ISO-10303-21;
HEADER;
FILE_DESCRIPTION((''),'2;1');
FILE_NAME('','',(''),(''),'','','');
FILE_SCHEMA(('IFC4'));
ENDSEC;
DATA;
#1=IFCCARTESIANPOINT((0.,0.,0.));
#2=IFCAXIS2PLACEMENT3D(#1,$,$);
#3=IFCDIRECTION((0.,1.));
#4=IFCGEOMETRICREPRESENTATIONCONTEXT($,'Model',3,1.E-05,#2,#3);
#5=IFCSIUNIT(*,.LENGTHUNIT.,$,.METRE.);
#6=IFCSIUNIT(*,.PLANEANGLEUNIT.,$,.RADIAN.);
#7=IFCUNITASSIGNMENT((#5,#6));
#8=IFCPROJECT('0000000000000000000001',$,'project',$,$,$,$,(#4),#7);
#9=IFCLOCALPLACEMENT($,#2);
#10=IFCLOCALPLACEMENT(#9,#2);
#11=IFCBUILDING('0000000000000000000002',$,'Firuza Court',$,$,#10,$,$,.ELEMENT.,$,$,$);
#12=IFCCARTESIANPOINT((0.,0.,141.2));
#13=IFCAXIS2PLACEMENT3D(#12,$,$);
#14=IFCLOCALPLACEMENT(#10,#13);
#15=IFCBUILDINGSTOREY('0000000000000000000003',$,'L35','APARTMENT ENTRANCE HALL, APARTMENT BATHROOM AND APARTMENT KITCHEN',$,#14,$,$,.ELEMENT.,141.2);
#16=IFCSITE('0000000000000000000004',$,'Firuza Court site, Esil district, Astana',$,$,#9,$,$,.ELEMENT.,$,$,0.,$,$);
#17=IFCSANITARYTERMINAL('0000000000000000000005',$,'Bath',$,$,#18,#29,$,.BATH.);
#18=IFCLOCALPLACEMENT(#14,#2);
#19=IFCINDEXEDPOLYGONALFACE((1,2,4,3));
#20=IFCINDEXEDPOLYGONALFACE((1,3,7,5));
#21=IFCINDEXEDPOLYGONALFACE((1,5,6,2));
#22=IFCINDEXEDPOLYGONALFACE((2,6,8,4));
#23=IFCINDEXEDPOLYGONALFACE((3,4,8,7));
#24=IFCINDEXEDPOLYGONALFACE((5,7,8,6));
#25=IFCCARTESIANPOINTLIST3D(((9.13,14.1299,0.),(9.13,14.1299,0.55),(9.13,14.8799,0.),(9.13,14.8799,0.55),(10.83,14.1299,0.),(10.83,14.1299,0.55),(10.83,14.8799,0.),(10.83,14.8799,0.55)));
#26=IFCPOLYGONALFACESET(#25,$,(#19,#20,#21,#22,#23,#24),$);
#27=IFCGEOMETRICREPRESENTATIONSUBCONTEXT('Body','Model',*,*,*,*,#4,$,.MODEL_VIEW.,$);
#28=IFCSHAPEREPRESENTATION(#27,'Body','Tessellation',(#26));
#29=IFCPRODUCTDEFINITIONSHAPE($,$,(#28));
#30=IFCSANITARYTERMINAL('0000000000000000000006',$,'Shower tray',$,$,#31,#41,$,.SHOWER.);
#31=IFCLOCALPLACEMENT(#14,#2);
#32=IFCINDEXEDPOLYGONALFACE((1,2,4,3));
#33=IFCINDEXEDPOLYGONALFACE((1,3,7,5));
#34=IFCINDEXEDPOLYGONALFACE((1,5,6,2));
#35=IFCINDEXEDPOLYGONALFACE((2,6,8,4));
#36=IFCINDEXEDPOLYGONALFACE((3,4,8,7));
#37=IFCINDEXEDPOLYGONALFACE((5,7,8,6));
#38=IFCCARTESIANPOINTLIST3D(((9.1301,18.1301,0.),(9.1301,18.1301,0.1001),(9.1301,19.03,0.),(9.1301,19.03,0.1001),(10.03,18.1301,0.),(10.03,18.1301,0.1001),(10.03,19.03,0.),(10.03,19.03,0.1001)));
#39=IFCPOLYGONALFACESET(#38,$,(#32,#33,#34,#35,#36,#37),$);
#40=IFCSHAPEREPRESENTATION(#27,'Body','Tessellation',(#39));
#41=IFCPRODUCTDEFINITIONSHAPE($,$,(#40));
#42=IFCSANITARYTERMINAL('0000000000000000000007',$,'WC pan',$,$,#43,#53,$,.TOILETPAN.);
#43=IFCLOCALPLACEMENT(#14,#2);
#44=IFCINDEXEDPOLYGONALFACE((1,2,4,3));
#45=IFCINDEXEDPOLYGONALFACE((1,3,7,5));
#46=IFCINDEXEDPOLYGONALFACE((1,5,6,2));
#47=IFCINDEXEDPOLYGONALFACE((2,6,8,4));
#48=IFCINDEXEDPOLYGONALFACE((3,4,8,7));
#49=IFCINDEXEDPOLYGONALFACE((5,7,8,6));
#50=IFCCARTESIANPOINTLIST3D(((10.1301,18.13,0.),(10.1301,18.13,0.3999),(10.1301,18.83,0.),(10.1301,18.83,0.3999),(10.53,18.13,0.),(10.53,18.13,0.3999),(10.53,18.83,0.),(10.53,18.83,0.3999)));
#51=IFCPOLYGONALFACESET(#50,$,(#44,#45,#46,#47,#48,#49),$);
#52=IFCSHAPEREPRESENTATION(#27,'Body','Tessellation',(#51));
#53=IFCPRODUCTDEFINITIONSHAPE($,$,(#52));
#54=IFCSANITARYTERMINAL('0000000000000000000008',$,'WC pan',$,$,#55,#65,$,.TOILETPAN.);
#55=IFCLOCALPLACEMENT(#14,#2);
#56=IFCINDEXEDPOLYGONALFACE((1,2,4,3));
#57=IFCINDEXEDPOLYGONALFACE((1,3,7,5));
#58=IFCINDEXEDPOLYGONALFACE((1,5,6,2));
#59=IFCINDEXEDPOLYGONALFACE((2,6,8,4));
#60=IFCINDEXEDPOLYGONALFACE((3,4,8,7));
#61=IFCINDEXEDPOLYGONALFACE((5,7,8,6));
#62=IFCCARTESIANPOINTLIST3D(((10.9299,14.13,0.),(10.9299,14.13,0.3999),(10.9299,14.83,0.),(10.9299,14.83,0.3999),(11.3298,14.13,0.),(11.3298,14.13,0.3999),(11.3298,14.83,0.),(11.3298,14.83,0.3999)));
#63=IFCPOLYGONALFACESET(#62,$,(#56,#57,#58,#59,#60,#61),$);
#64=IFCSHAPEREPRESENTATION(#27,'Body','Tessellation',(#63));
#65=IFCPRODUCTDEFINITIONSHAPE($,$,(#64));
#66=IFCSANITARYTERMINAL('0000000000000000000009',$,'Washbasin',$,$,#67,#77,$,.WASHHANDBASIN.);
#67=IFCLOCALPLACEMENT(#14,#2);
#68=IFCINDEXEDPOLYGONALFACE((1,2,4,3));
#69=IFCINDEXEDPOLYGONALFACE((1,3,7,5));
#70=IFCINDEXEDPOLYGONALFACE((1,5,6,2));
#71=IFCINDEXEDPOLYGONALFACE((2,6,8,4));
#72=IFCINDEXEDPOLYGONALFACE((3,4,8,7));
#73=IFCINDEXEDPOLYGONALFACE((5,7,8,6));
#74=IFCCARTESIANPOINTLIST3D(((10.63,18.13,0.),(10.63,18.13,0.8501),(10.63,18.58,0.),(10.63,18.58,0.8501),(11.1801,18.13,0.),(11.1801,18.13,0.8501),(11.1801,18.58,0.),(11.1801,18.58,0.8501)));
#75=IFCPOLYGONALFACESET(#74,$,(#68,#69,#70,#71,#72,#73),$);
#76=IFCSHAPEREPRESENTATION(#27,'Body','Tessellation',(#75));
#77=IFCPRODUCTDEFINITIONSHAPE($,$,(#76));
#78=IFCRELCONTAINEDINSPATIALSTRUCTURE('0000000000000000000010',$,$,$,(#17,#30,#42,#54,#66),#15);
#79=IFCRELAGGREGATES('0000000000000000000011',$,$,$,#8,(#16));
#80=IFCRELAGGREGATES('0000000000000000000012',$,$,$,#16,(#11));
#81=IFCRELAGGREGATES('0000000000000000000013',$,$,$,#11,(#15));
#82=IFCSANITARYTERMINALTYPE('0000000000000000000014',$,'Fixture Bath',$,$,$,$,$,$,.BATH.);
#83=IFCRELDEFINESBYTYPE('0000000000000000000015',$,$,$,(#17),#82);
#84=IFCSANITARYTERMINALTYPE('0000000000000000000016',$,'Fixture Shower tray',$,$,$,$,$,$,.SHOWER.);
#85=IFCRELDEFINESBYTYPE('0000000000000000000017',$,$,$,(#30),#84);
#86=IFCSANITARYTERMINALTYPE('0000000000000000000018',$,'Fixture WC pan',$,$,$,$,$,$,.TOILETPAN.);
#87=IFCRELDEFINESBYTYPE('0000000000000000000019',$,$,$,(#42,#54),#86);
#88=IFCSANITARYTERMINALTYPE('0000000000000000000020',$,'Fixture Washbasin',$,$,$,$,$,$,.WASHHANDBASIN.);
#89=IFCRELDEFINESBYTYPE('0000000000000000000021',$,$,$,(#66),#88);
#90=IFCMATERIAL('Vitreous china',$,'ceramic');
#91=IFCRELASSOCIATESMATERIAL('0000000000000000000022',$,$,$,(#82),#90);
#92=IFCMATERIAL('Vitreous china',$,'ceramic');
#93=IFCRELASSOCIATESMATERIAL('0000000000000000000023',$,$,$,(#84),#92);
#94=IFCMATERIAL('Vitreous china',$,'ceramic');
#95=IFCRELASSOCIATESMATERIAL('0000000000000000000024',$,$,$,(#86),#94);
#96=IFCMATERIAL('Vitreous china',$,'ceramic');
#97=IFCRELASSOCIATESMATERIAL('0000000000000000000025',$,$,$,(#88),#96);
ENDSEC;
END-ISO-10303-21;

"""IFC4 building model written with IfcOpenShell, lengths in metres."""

from ifc_helpers import new_model, si_unit, direction, frame, origin, origin_2d, place, context, subcontext, project, spatial, rectangle, extrude, material, type_object, element, save


model = new_model("IFC4")

# Units and contexts
model_context = context("Model", 3, precision=1e-05, world=origin(), true_north=direction((0.0, 1.0)))
body_context = subcontext(model_context, "Body", "Model", "MODEL_VIEW")
ifc_project = project(units=[si_unit("LENGTHUNIT", "METRE"), si_unit("PLANEANGLEUNIT", "RADIAN")], contexts=[model_context])

# Site, building, storey
site_placement = place(None, origin())
site = spatial("IfcSite", under=ifc_project, at=site_placement, Name="Firuza Court site, Esil district, Astana", CompositionType="ELEMENT", RefElevation=0.0)
building_placement = place(site_placement, origin())
building = spatial("IfcBuilding", under=site, at=building_placement, Name="Firuza Court", CompositionType="ELEMENT")
storey_placement = place(building_placement, frame((0.0, 0.0, 141.2)))
storey = spatial("IfcBuildingStorey", under=building, at=storey_placement, Name="L35", Description="APARTMENT ENTRANCE HALL, APARTMENT BATHROOM AND APARTMENT KITCHEN", CompositionType="ELEMENT", Elevation=141.2)

# Sanitary terminals
ifc_material_1 = material(Name="Vitreous china", Category="ceramic")
sanitary_terminal_type_1 = type_object("IfcSanitaryTerminalType", Name="Fixture Bath", PredefinedType="BATH", material=ifc_material_1)
sanitary_terminal_1_placement = place(storey_placement, frame((9.98, 14.5049, 0.0), z_axis=(0.0, 0.0, 1.0), x_axis=(1.0, 0.0, 0.0)))
element("IfcSanitaryTerminal", 1, at=sanitary_terminal_1_placement, inside=storey, type_object=sanitary_terminal_type_1, Name="Bath", PredefinedType="BATH", context=body_context, shape_type="SweptSolid", body=[
    extrude(rectangle(XDim=1.7, YDim=0.75, at=origin_2d()), origin(), (0.0, 0.0, 1.0), 0.55),
])
ifc_material_2 = material(Name="Vitreous china", Category="ceramic")
sanitary_terminal_type_2 = type_object("IfcSanitaryTerminalType", Name="Fixture Shower tray", PredefinedType="SHOWER", material=ifc_material_2)
sanitary_terminal_2_placement = place(storey_placement, frame((9.5801, 18.5801, 0.0), z_axis=(0.0, 0.0, 1.0), x_axis=(1.0, 0.0, 0.0)))
element("IfcSanitaryTerminal", 2, at=sanitary_terminal_2_placement, inside=storey, type_object=sanitary_terminal_type_2, Name="Shower tray", PredefinedType="SHOWER", context=body_context, shape_type="SweptSolid", body=[
    extrude(rectangle(XDim=0.8999, YDim=0.8999, at=origin_2d()), origin(), (0.0, 0.0, 1.0), 0.1001),
])
ifc_material_3 = material(Name="Vitreous china", Category="ceramic")
sanitary_terminal_type_3 = type_object("IfcSanitaryTerminalType", Name="Fixture WC pan", PredefinedType="TOILETPAN", material=ifc_material_3)
for number, where, z_axis, x_axis, name in (
    (3, (10.3301, 18.48, 0.0), (0.0, 0.0, 1.0), (1.0, 0.0, 0.0), "WC pan"),
    (4, (11.1299, 14.48, 0.0), (0.0, 0.0, 1.0), (1.0, 0.0, 0.0), "WC pan"),
):
    element("IfcSanitaryTerminal", number, at=place(storey_placement, frame(where, z_axis=z_axis, x_axis=x_axis)), inside=storey, type_object=sanitary_terminal_type_3, Name=name, PredefinedType="TOILETPAN", context=body_context, shape_type="SweptSolid", body=[
        extrude(rectangle(XDim=0.3999, YDim=0.7, at=origin_2d()), origin(), (0.0, 0.0, 1.0), 0.3999),
    ])
ifc_material_4 = material(Name="Vitreous china", Category="ceramic")
sanitary_terminal_type_4 = type_object("IfcSanitaryTerminalType", Name="Fixture Washbasin", PredefinedType="WASHHANDBASIN", material=ifc_material_4)
sanitary_terminal_3_placement = place(storey_placement, frame((10.905, 18.355, 0.0), z_axis=(0.0, 0.0, 1.0), x_axis=(1.0, 0.0, 0.0)))
element("IfcSanitaryTerminal", 5, at=sanitary_terminal_3_placement, inside=storey, type_object=sanitary_terminal_type_4, Name="Washbasin", PredefinedType="WASHHANDBASIN", context=body_context, shape_type="SweptSolid", body=[
    extrude(rectangle(XDim=0.55, YDim=0.45, at=origin_2d()), origin(), (0.0, 0.0, 1.0), 0.8501),
])

save(model, "model.ifc")
